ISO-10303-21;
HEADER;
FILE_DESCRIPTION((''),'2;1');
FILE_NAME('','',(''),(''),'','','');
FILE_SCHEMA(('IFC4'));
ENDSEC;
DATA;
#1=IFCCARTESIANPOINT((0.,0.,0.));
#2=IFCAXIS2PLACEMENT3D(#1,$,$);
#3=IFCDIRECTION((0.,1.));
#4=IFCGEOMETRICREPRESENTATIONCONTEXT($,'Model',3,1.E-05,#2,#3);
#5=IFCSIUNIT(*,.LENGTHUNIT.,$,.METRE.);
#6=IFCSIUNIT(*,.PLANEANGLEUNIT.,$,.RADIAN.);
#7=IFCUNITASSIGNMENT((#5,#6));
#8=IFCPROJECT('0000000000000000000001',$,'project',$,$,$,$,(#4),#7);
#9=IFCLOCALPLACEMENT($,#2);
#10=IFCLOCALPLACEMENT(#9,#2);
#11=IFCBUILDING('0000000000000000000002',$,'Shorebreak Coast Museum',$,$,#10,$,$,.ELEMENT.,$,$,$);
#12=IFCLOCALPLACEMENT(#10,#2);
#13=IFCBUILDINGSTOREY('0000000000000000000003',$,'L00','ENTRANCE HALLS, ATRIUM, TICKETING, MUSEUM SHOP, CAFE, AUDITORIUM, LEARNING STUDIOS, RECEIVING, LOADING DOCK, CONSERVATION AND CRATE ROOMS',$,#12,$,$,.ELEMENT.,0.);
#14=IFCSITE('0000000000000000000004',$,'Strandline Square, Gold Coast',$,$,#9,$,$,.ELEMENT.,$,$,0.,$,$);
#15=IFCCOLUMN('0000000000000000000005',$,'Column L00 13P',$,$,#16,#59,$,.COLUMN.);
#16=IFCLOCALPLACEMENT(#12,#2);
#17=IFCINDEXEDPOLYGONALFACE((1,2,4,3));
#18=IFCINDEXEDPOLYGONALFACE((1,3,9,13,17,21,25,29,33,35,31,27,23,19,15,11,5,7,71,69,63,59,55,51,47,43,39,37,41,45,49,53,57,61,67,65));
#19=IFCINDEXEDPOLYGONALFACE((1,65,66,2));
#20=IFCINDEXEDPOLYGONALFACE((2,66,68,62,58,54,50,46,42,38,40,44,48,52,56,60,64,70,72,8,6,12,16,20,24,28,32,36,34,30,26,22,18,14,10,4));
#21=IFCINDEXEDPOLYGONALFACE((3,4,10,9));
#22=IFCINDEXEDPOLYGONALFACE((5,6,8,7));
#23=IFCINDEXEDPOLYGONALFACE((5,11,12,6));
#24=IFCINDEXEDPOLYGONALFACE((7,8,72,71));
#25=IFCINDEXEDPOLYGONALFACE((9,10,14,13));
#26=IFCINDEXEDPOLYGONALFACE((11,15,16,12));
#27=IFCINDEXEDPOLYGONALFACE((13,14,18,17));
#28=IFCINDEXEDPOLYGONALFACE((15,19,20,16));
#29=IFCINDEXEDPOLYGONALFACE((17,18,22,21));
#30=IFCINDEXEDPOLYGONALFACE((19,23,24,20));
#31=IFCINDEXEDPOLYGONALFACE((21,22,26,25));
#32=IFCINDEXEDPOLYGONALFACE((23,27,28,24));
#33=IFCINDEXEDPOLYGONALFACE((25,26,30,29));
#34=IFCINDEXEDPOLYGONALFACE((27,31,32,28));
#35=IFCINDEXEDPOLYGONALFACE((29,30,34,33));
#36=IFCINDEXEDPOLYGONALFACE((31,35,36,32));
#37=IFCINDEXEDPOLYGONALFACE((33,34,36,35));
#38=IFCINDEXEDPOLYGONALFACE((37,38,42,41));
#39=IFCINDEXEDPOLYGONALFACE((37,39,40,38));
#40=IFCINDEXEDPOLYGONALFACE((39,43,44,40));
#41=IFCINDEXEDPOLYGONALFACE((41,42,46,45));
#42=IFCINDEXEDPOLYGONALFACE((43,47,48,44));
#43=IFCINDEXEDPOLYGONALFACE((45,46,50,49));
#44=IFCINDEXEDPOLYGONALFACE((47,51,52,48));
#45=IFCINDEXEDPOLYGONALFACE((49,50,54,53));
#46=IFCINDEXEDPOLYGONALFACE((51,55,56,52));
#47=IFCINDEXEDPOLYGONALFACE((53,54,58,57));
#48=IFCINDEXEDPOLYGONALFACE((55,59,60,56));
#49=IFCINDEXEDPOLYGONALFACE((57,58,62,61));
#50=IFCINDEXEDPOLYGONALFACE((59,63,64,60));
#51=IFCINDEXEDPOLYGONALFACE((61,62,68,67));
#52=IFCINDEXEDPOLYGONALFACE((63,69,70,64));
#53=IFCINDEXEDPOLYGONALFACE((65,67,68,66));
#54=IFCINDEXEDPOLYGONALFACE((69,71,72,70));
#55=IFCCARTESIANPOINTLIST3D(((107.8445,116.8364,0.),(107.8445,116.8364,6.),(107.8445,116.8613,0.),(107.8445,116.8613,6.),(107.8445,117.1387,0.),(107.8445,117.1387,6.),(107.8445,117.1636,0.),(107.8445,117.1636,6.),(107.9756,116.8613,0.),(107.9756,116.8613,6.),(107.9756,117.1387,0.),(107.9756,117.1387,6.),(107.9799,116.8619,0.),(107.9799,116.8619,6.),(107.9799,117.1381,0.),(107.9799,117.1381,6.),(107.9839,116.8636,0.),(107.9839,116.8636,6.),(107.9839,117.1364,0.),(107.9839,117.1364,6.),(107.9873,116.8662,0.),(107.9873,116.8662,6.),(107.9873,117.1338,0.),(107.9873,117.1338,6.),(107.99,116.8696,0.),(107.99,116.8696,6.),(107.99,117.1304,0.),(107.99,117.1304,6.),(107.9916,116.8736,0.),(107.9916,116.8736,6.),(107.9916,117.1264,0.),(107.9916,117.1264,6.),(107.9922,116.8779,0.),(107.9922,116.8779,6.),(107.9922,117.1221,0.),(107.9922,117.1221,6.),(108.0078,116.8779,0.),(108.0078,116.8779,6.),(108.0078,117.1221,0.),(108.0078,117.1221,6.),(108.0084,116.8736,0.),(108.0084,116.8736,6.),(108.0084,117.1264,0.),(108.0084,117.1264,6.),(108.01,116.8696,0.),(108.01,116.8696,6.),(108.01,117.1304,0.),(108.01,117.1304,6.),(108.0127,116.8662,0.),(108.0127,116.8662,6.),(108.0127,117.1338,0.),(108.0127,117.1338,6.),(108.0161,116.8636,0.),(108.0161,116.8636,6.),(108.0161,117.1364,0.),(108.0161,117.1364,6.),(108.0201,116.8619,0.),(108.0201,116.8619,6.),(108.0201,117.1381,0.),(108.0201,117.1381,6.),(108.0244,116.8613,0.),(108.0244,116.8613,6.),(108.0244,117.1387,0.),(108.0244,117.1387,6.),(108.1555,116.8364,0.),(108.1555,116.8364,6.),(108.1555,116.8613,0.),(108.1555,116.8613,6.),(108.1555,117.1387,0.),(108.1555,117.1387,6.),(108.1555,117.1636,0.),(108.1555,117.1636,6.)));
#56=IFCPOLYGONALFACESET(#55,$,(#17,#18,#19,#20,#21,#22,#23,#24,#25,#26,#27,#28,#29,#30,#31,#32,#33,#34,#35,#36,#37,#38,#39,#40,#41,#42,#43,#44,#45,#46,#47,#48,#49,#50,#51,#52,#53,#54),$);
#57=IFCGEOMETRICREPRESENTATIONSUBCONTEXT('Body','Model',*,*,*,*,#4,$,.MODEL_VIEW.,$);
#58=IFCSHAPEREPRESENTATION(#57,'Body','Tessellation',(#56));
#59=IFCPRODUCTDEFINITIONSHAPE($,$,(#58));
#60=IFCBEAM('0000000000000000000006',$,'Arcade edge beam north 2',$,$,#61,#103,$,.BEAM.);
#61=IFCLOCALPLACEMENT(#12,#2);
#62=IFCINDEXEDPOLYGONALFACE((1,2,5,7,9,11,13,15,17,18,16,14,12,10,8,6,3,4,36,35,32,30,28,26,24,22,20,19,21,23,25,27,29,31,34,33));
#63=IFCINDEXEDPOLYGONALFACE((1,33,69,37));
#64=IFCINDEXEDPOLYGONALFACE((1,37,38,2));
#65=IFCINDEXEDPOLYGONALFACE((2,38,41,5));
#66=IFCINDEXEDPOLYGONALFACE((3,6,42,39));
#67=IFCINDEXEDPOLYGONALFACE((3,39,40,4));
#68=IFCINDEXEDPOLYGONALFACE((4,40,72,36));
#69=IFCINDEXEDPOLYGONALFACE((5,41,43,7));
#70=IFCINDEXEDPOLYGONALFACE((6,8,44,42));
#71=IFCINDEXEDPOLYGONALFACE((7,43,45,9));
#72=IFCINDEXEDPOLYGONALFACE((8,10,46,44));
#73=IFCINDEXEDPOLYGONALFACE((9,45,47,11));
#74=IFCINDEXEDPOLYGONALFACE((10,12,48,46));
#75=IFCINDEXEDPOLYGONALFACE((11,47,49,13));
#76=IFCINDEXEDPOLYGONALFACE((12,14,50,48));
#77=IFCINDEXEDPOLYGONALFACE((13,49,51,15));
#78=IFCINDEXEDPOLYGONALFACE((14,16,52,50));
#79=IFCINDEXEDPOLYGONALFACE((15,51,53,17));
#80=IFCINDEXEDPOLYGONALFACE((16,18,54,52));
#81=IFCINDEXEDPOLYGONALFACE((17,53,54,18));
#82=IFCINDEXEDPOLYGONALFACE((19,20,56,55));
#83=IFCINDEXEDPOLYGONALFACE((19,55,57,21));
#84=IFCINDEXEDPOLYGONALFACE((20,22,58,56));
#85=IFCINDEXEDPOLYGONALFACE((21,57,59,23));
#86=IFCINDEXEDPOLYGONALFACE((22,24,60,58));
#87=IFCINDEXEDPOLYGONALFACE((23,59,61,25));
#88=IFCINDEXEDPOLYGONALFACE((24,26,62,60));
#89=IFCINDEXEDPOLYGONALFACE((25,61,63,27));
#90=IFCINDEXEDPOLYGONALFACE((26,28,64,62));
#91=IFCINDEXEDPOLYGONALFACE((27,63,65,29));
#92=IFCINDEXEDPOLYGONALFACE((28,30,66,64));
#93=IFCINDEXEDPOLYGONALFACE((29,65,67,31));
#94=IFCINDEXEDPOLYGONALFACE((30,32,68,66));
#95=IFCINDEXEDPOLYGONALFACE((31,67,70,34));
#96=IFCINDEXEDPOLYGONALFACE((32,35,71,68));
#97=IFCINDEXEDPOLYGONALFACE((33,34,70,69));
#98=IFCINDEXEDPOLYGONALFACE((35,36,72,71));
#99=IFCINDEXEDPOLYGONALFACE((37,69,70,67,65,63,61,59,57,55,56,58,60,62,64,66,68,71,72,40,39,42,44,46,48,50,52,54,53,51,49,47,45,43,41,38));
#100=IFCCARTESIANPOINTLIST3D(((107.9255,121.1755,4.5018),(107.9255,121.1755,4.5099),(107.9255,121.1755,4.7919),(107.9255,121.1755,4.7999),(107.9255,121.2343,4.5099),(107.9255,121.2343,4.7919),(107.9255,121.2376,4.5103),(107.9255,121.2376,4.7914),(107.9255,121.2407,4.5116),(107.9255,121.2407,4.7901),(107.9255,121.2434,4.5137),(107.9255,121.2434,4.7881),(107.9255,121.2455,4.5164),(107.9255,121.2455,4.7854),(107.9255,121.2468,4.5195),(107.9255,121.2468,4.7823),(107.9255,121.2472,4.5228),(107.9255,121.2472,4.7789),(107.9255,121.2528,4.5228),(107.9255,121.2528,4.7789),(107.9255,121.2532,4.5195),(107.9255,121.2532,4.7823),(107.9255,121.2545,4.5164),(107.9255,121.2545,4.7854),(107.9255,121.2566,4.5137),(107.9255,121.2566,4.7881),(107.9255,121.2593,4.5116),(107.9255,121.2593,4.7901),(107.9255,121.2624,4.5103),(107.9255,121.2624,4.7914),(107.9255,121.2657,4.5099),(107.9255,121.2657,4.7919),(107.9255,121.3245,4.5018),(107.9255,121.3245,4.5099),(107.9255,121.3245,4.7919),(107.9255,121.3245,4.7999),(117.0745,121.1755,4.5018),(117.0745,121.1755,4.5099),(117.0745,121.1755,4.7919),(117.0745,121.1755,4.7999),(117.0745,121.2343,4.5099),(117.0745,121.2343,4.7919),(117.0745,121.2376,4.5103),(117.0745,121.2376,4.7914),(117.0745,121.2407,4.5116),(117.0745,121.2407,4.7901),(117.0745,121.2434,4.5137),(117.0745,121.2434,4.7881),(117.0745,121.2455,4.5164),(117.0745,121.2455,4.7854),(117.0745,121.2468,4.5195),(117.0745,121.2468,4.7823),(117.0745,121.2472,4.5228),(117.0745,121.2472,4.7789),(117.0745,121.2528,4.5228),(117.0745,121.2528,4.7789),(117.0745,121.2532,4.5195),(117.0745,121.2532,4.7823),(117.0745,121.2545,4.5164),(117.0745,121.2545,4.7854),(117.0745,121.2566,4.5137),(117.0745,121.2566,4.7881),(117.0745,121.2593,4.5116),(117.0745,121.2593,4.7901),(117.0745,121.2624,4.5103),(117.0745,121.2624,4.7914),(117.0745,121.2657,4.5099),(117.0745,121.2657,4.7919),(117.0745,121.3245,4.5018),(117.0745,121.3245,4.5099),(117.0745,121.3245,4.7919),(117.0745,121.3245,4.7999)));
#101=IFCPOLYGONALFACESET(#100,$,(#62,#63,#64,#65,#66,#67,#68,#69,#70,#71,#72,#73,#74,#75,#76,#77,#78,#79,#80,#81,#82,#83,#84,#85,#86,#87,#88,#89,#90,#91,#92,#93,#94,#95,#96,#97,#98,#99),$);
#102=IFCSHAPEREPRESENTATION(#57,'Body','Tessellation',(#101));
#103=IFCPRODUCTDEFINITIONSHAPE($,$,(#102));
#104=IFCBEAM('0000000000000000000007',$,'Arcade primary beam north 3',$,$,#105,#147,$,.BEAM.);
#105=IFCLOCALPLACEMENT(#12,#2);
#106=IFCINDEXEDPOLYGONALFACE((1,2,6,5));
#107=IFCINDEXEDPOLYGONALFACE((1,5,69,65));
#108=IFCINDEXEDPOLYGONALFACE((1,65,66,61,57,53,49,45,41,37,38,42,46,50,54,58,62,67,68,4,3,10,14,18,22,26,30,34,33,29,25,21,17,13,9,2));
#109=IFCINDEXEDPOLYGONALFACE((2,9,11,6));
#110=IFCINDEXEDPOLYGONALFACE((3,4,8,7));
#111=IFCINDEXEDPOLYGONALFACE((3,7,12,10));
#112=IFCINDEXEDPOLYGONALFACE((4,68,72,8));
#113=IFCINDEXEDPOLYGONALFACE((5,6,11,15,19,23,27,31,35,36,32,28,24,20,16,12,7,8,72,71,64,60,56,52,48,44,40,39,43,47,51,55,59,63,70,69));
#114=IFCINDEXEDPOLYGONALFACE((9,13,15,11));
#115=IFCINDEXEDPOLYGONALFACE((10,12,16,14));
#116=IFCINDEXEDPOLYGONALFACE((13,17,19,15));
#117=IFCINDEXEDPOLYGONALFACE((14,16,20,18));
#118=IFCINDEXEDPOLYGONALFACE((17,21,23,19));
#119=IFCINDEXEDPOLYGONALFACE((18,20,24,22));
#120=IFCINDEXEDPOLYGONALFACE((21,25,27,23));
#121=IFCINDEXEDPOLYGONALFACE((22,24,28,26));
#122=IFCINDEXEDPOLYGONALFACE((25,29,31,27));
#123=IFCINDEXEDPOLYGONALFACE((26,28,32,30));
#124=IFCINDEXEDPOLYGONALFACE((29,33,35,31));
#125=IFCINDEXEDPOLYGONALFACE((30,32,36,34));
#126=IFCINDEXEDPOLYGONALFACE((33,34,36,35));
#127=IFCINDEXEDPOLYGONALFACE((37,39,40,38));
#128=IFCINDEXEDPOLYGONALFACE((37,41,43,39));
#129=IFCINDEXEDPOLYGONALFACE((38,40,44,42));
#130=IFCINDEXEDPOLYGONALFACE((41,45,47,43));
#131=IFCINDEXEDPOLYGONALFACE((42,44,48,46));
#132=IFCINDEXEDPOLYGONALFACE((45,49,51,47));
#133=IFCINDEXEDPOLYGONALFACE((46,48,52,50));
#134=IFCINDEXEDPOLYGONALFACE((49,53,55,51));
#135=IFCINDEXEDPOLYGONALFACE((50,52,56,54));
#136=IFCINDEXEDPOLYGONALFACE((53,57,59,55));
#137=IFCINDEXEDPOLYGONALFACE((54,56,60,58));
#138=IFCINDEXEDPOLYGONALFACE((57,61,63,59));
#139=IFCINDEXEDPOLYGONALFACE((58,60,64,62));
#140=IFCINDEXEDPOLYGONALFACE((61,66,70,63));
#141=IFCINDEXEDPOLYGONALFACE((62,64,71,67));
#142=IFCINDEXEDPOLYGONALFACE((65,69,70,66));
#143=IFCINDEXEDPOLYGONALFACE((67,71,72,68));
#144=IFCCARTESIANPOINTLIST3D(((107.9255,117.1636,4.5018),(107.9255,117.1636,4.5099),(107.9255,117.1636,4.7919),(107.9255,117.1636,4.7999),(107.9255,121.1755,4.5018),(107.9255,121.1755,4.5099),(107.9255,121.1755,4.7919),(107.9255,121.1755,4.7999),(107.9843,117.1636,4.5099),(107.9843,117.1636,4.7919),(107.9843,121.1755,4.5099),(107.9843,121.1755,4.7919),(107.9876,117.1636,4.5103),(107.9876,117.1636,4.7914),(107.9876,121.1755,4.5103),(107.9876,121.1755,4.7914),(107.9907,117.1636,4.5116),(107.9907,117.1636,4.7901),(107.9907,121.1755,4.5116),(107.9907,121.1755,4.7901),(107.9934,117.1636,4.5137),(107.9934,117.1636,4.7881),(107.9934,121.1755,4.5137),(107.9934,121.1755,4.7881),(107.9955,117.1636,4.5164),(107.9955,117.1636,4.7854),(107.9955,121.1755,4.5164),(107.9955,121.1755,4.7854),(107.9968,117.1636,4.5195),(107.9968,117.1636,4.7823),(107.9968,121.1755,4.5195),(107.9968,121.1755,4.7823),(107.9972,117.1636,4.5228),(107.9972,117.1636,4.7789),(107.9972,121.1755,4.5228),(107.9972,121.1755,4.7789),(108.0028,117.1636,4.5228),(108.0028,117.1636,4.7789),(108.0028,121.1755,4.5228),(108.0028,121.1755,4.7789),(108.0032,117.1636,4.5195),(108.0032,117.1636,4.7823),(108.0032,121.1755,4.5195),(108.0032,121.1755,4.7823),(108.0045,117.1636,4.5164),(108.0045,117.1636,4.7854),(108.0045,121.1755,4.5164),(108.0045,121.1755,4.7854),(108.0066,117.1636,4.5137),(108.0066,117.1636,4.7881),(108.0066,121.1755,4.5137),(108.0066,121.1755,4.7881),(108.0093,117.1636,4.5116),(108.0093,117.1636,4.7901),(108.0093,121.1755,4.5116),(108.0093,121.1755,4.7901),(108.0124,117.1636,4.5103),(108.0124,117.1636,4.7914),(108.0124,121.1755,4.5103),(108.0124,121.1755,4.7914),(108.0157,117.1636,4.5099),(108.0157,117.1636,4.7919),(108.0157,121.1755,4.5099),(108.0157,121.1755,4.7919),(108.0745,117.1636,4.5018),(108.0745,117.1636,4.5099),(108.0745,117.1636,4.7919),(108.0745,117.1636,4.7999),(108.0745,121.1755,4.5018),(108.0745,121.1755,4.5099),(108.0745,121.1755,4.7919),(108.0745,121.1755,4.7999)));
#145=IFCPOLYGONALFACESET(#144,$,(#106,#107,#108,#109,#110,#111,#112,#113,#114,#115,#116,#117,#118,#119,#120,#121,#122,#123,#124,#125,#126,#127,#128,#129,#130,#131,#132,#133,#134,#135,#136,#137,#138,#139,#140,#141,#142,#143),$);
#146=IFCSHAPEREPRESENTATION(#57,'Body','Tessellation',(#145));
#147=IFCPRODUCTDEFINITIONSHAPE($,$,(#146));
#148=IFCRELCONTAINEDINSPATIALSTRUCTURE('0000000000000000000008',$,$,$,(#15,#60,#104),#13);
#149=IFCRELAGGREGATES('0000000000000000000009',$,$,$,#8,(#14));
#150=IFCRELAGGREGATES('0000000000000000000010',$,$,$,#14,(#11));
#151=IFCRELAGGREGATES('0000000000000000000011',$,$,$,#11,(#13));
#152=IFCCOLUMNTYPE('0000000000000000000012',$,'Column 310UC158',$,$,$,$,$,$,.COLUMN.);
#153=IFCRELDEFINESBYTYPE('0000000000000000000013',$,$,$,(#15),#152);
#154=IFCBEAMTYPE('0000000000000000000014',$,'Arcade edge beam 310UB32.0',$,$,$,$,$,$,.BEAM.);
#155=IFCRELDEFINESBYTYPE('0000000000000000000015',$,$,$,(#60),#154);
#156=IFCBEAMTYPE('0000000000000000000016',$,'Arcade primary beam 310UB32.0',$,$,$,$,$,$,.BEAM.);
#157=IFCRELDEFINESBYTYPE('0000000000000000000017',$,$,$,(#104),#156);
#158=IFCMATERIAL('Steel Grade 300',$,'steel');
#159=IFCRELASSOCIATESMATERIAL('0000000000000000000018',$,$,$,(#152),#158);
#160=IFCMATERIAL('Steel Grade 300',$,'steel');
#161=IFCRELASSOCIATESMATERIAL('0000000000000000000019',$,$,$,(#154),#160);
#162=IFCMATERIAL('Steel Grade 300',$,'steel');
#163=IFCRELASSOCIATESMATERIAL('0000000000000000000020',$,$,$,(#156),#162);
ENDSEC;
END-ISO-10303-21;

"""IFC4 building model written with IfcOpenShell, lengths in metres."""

from ifc_helpers import new_model, si_unit, direction, frame, origin, origin_2d, place, context, subcontext, project, spatial, i_section, extrude, material, material_profile, profile_set, type_object, element, save


model = new_model("IFC4")

# Units and contexts
model_context = context("Model", 3, precision=1e-05, world=origin(), true_north=direction((0.0, 1.0)))
body_context = subcontext(model_context, "Body", "Model", "MODEL_VIEW")
ifc_project = project(units=[si_unit("LENGTHUNIT", "METRE"), si_unit("PLANEANGLEUNIT", "RADIAN")], contexts=[model_context])

# Site, building, storey
site_placement = place(None, origin())
site = spatial("IfcSite", under=ifc_project, at=site_placement, Name="Strandline Square, Gold Coast", CompositionType="ELEMENT", RefElevation=0.0)
building_placement = place(site_placement, origin())
building = spatial("IfcBuilding", under=site, at=building_placement, Name="Shorebreak Coast Museum", CompositionType="ELEMENT")
storey_placement = place(building_placement, origin())
storey = spatial("IfcBuildingStorey", under=building, at=storey_placement, Name="L00", Description="ENTRANCE HALLS, ATRIUM, TICKETING, MUSEUM SHOP, CAFE, AUDITORIUM, LEARNING STUDIOS, RECEIVING, LOADING DOCK, CONSERVATION AND CRATE ROOMS", CompositionType="ELEMENT", Elevation=0.0)

# Column
ifc_material_1 = material(Name="Steel Grade 300", Category="steel")
ifc_material_profile_1 = material_profile(ifc_material_1, i_section(OverallWidth=0.311, OverallDepth=0.3271, WebThickness=0.0156, FlangeThickness=0.0249, FilletRadius=0.0166, at=origin_2d()), Name="310UC158")
ifc_profile_set_1 = profile_set([ifc_material_profile_1], Name="Steel Grade 300")
column_type_1 = type_object("IfcColumnType", Name="Column 310UC158", PredefinedType="COLUMN", material=ifc_profile_set_1)
column_1_placement = place(storey_placement, frame((108.0, 117.0, 0.0), z_axis=(0.0, 0.0, 1.0), x_axis=(1.0, 0.0, 0.0)))
element("IfcColumn", 1, at=column_1_placement, inside=storey, type_object=column_type_1, Name="Column L00 13P", PredefinedType="COLUMN", context=body_context, shape_type="SweptSolid", body=[
    extrude(i_section(OverallWidth=0.311, OverallDepth=0.3271, WebThickness=0.0156, FlangeThickness=0.0249, FilletRadius=0.0166, at=origin_2d()), origin(), (0.0, 0.0, 1.0), 6.0),
])

# Beams
ifc_material_2 = material(Name="Steel Grade 300", Category="steel")
ifc_material_profile_2 = material_profile(ifc_material_2, i_section(OverallWidth=0.1489, OverallDepth=0.2981, WebThickness=0.0056, FlangeThickness=0.0081, FilletRadius=0.0129, at=origin_2d()), Name="310UB32.0")
ifc_profile_set_2 = profile_set([ifc_material_profile_2], Name="Steel Grade 300")
beam_type_1 = type_object("IfcBeamType", Name="Arcade edge beam 310UB32.0", PredefinedType="BEAM", material=ifc_profile_set_2)
beam_1_placement = place(storey_placement, frame((107.9255, 121.25, 4.6509), z_axis=(1.0, 0.0, 0.0), x_axis=(0.0, 1.0, 0.0)))
element("IfcBeam", 2, at=beam_1_placement, inside=storey, type_object=beam_type_1, Name="Arcade edge beam north 2", PredefinedType="BEAM", context=body_context, shape_type="SweptSolid", body=[
    extrude(i_section(OverallWidth=0.1489, OverallDepth=0.2981, WebThickness=0.0056, FlangeThickness=0.0081, FilletRadius=0.0129, at=origin_2d()), origin(), (0.0, 0.0, 1.0), 9.1489),
])
ifc_material_3 = material(Name="Steel Grade 300", Category="steel")
ifc_material_profile_3 = material_profile(ifc_material_3, i_section(OverallWidth=0.1489, OverallDepth=0.2981, WebThickness=0.0056, FlangeThickness=0.0081, FilletRadius=0.0129, at=origin_2d()), Name="310UB32.0")
ifc_profile_set_3 = profile_set([ifc_material_profile_3], Name="Steel Grade 300")
beam_type_2 = type_object("IfcBeamType", Name="Arcade primary beam 310UB32.0", PredefinedType="BEAM", material=ifc_profile_set_3)
beam_2_placement = place(storey_placement, frame((108.0, 117.1636, 4.6509), z_axis=(0.0, 1.0, 0.0), x_axis=(-1.0, 0.0, 0.0)))
element("IfcBeam", 3, at=beam_2_placement, inside=storey, type_object=beam_type_2, Name="Arcade primary beam north 3", PredefinedType="BEAM", context=body_context, shape_type="SweptSolid", body=[
    extrude(i_section(OverallWidth=0.1489, OverallDepth=0.2981, WebThickness=0.0056, FlangeThickness=0.0081, FilletRadius=0.0129, at=origin_2d()), origin(), (0.0, 0.0, 1.0), 4.012),
])

save(model, "model.ifc")
